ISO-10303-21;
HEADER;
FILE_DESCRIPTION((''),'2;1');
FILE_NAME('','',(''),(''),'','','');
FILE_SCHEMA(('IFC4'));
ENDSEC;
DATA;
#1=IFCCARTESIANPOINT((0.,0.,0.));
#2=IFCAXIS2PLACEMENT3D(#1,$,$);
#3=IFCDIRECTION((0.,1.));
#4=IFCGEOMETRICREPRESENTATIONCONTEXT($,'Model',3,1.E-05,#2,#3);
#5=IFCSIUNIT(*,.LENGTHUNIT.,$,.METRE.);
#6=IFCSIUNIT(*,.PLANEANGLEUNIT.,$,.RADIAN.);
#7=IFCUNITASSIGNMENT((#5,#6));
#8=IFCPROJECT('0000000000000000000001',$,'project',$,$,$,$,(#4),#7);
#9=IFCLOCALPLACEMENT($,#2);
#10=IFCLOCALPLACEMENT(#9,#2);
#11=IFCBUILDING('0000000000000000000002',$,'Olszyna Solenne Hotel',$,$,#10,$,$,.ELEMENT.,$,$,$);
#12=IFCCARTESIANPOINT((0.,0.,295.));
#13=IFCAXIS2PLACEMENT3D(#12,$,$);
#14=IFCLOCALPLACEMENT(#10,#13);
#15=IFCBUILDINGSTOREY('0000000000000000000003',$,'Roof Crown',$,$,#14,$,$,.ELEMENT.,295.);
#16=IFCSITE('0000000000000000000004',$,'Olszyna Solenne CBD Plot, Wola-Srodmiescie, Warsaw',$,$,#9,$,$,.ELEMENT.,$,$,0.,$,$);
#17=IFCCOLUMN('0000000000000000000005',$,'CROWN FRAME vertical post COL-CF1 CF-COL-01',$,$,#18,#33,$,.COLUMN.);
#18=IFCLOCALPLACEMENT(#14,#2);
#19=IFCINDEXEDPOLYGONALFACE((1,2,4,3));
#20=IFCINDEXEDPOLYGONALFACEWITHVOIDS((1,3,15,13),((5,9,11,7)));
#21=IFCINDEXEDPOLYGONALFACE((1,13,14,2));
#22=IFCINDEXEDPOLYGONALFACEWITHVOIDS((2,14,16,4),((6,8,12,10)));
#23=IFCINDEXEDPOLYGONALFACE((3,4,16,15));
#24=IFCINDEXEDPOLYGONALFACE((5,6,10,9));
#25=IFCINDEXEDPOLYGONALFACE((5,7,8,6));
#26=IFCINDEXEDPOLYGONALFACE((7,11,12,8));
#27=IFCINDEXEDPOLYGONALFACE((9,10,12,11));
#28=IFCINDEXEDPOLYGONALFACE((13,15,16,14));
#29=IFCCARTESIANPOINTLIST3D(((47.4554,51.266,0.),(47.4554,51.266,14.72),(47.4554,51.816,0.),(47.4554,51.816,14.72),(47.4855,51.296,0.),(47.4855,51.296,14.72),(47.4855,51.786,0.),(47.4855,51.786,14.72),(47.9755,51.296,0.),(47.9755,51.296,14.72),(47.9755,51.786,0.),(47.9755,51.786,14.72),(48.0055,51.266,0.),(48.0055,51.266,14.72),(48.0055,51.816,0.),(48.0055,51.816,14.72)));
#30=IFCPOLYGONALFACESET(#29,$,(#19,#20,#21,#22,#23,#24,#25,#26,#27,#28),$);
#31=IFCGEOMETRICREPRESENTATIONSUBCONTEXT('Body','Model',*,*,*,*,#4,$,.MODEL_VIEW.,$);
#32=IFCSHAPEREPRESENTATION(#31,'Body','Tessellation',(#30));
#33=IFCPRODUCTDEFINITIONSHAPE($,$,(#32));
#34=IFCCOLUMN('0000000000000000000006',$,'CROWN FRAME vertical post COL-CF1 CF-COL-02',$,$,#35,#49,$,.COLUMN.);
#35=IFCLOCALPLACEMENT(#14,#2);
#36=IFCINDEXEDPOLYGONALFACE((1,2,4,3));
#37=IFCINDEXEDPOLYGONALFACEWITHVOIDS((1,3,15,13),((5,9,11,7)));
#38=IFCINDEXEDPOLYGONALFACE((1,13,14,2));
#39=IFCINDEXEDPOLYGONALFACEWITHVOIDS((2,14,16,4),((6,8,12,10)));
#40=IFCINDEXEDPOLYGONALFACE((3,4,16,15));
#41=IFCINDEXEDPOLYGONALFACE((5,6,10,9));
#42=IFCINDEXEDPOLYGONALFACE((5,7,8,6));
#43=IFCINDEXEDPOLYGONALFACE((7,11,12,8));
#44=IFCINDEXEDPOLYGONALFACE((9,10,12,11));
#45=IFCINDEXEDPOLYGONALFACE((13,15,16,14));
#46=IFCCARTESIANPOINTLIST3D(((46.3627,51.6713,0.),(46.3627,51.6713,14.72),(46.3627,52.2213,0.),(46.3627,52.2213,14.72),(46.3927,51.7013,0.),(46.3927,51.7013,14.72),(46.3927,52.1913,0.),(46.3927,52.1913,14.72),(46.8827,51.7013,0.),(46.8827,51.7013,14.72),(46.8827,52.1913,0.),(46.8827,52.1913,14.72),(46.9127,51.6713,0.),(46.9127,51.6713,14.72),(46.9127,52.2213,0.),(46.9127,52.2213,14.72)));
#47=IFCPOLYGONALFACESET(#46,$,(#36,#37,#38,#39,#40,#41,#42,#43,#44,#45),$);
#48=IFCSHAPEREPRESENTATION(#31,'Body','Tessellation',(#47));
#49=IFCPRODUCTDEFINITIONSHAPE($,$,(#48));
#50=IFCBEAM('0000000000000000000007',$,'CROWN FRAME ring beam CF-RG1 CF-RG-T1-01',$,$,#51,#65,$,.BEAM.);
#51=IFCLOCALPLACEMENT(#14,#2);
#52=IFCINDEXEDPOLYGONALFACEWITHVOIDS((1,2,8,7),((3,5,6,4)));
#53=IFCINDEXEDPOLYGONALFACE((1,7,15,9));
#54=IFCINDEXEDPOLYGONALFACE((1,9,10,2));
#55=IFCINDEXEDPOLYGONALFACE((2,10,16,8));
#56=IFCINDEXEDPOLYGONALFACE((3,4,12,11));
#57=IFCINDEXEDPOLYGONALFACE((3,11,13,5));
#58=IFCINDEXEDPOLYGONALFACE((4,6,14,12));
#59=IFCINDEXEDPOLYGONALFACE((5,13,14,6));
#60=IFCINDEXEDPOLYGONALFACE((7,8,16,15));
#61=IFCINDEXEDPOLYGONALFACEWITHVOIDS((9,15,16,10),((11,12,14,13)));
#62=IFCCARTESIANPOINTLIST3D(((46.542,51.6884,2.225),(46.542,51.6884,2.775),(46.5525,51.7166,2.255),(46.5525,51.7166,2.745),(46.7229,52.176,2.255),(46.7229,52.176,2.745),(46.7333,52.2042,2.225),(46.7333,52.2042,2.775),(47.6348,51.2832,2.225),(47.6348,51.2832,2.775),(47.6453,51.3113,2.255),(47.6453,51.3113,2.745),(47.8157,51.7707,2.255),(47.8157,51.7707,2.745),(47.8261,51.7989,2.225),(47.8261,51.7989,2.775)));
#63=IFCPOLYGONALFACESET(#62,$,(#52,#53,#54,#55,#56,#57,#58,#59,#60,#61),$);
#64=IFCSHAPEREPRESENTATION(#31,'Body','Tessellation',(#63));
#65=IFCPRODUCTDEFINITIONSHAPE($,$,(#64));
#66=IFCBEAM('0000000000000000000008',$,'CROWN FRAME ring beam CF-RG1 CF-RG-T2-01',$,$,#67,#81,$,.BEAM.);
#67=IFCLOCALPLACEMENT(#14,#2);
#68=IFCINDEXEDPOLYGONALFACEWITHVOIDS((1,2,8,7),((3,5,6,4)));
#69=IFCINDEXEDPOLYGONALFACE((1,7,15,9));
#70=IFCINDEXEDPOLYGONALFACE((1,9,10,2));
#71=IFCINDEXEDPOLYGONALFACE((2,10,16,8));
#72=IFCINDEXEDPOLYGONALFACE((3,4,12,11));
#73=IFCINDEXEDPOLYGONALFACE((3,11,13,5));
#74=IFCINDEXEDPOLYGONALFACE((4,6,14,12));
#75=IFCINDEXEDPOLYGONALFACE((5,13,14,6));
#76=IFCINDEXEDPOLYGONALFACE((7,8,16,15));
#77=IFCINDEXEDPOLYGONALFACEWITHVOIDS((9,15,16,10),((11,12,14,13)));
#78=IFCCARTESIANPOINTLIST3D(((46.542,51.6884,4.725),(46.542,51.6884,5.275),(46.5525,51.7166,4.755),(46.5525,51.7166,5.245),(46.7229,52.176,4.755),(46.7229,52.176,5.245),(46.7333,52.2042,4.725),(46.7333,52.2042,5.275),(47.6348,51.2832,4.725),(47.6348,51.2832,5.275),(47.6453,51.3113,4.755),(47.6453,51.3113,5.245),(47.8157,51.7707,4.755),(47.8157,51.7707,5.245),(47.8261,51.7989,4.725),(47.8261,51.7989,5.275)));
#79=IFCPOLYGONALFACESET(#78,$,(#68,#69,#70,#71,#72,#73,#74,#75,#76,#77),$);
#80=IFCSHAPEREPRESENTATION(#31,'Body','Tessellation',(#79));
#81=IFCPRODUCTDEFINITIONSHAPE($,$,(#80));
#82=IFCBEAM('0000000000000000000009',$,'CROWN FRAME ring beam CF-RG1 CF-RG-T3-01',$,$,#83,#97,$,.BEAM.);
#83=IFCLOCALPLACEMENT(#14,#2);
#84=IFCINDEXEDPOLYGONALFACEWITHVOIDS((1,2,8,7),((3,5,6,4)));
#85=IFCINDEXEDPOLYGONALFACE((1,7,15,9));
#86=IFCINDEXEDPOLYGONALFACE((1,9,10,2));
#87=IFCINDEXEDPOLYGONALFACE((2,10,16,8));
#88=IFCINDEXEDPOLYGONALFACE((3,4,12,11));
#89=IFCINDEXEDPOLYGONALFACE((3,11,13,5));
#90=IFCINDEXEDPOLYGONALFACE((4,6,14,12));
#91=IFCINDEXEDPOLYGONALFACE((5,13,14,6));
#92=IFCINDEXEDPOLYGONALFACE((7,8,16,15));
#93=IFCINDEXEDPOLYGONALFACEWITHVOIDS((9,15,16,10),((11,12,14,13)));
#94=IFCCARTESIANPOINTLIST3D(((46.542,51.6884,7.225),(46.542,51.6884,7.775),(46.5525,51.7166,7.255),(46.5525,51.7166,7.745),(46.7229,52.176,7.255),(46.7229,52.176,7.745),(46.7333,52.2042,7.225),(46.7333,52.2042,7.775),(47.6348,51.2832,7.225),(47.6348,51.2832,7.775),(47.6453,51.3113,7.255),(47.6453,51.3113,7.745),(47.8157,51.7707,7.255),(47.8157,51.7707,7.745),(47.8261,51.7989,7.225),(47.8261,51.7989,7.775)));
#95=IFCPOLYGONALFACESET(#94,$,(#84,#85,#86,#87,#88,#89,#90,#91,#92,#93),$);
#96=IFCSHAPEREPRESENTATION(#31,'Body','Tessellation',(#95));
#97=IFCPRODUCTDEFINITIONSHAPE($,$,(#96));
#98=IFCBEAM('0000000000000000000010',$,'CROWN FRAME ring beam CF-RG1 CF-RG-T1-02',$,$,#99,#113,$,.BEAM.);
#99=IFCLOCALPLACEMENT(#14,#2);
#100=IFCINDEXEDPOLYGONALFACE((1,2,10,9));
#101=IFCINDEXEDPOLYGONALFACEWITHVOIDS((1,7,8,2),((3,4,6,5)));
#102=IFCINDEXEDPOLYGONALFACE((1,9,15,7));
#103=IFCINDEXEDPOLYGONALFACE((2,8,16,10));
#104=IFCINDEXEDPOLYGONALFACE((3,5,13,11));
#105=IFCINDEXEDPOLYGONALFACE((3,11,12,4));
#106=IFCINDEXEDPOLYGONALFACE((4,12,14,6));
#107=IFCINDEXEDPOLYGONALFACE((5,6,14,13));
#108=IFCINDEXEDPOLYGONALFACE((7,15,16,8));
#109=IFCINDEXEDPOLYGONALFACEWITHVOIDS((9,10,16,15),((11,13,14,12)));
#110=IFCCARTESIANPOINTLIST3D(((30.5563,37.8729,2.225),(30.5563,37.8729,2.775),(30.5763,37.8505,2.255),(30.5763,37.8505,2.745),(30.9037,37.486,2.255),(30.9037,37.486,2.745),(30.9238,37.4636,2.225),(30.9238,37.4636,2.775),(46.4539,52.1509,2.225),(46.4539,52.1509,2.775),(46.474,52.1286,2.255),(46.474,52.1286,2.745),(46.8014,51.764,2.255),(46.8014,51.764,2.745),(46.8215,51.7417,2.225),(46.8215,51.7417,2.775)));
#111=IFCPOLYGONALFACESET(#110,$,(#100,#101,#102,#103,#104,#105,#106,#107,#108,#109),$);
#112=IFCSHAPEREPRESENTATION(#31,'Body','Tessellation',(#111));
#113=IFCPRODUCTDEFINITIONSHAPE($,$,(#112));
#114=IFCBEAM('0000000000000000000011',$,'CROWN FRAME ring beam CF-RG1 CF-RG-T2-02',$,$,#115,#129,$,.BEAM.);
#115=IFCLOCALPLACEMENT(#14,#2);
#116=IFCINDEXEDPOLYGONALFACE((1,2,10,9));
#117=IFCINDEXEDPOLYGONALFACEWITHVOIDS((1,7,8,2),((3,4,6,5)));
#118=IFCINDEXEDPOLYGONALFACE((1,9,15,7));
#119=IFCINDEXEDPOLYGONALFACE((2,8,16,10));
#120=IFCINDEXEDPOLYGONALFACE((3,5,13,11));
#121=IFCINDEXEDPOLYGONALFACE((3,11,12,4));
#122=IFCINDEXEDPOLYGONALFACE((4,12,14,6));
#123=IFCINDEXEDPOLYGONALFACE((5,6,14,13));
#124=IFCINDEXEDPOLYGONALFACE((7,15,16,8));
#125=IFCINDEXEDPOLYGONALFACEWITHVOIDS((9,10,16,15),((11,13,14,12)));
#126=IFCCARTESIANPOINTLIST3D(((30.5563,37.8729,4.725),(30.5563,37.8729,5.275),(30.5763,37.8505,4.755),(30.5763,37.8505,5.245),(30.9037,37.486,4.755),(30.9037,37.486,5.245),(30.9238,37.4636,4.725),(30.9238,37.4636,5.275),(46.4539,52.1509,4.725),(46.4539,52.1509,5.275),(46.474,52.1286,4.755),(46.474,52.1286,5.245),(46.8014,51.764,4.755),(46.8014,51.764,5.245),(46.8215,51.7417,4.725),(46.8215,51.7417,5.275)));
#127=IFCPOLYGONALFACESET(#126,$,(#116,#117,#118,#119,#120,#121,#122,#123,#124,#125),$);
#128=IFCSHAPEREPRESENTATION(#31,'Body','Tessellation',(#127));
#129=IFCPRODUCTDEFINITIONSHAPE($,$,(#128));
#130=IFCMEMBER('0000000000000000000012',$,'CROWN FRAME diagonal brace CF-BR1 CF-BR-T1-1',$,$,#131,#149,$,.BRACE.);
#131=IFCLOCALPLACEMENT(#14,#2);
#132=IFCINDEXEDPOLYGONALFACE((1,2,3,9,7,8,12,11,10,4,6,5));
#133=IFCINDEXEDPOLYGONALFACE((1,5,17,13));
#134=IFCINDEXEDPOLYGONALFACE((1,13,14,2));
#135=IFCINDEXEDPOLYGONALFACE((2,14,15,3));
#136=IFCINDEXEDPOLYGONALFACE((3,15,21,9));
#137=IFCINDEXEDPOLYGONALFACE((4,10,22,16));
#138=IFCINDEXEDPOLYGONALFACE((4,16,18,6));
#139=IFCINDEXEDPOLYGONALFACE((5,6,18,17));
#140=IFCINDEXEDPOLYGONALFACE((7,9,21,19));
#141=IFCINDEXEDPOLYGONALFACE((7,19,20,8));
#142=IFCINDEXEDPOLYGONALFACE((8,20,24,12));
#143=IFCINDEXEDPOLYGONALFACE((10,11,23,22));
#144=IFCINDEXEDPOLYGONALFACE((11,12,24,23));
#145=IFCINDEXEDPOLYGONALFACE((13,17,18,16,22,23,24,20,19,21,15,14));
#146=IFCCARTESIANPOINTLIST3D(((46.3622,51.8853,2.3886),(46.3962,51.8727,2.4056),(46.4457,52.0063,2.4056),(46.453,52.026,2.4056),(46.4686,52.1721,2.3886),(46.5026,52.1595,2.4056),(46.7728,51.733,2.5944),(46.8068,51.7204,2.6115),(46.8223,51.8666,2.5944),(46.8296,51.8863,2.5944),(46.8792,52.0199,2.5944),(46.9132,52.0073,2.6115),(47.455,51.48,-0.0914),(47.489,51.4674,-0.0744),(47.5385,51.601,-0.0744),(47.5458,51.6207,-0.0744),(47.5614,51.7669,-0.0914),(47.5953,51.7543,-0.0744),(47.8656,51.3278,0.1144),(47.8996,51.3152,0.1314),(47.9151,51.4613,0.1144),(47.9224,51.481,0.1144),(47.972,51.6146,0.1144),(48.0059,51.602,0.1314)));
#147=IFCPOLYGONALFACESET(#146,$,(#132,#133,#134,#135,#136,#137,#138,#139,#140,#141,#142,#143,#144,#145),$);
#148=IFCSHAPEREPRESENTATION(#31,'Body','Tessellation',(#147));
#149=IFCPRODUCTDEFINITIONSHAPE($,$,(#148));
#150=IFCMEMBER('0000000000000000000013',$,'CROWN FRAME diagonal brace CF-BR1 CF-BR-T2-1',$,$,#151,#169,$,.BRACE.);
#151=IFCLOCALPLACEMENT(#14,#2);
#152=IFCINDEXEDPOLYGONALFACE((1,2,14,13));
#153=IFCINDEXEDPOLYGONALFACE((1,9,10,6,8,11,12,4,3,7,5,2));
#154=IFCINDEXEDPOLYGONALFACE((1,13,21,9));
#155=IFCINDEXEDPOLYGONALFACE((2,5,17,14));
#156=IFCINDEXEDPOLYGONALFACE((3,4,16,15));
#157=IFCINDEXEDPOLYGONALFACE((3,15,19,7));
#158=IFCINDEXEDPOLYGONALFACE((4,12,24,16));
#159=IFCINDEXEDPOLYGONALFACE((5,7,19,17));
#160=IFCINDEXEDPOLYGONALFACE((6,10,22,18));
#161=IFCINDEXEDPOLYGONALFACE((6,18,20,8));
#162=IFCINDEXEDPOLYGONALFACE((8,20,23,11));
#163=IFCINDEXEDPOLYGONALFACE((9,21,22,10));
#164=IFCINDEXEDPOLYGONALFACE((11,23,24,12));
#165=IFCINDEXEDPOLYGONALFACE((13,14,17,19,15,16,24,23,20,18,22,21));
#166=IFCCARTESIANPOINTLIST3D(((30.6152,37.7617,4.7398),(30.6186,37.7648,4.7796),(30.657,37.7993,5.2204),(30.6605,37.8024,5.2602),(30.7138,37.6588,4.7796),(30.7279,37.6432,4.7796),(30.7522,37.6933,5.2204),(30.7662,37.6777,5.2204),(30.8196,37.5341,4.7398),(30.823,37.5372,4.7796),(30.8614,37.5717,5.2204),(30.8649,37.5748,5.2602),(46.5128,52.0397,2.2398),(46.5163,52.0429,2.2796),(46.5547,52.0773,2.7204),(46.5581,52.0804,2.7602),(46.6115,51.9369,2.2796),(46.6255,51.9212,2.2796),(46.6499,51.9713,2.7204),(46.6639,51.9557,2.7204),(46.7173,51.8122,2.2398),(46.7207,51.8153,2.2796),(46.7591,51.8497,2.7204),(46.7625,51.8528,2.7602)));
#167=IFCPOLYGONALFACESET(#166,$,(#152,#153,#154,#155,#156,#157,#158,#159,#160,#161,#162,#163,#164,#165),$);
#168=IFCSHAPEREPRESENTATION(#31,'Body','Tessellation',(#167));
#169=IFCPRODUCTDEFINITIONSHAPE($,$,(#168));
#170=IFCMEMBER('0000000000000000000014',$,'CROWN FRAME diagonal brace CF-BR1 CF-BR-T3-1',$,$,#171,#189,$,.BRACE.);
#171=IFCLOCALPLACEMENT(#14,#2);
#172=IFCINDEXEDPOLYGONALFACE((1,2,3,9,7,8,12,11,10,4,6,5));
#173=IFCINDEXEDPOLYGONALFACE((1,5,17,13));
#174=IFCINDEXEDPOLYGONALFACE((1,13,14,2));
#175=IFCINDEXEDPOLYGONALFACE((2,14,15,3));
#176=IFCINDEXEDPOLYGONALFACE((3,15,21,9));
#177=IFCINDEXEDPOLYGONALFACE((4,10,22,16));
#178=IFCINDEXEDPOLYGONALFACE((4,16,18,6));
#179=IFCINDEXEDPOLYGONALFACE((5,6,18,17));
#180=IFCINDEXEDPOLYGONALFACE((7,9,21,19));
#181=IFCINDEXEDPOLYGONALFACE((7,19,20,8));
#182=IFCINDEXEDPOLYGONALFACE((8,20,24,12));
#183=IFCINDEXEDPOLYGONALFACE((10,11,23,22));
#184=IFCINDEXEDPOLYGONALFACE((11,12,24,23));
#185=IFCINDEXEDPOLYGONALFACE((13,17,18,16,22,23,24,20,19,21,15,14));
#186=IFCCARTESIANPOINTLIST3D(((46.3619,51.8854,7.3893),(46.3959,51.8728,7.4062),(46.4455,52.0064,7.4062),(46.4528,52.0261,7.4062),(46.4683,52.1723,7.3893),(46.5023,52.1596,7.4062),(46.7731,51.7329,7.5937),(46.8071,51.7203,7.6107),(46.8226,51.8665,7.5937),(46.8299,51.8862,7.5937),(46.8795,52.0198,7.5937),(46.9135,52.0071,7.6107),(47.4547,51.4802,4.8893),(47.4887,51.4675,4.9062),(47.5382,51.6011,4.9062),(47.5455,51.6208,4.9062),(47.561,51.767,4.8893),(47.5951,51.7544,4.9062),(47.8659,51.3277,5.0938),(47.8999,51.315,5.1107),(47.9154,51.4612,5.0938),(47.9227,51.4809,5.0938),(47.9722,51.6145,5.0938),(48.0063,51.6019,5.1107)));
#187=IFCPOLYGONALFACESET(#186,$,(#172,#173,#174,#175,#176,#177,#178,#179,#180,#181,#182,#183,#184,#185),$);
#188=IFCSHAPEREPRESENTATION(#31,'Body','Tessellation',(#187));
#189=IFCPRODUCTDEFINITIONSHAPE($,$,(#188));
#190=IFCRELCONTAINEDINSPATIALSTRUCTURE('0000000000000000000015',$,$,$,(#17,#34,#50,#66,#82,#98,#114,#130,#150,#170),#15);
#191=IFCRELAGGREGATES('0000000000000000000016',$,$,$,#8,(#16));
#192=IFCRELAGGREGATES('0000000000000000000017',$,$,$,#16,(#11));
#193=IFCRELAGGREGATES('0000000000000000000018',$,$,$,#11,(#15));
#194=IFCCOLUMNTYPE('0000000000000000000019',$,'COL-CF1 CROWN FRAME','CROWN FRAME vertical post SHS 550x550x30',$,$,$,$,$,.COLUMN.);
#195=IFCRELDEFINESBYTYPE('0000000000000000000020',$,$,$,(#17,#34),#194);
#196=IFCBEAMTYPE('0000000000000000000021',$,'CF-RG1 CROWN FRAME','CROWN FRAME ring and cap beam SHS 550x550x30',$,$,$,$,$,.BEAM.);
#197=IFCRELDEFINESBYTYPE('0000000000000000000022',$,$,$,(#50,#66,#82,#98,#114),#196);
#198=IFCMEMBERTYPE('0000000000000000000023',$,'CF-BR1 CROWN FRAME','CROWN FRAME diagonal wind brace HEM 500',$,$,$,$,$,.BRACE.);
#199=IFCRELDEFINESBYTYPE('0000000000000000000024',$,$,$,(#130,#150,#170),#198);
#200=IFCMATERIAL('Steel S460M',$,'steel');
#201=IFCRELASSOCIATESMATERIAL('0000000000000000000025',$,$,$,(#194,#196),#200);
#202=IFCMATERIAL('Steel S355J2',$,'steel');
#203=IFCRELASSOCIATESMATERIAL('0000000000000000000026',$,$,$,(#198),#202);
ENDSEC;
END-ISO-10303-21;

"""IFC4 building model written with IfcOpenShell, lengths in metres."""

from ifc_helpers import new_model, si_unit, direction, frame, origin, origin_2d, place, context, subcontext, project, spatial, hollow_rectangle, i_section, extrude, source, transform, mapped, material, material_profile, profile_set, type_object, element, save


model = new_model("IFC4")

# Units and contexts
model_context = context("Model", 3, precision=1e-05, world=origin(), true_north=direction((0.0, 1.0)))
body_context = subcontext(model_context, "Body", "Model", "MODEL_VIEW")
ifc_project = project(units=[si_unit("LENGTHUNIT", "METRE"), si_unit("PLANEANGLEUNIT", "RADIAN")], contexts=[model_context])

# Site, building, storey
site_placement = place(None, origin())
site = spatial("IfcSite", under=ifc_project, at=site_placement, Name="Olszyna Solenne CBD Plot, Wola-Srodmiescie, Warsaw", CompositionType="ELEMENT", RefElevation=0.0)
building_placement = place(site_placement, origin())
building = spatial("IfcBuilding", under=site, at=building_placement, Name="Olszyna Solenne Hotel", CompositionType="ELEMENT")
storey_placement = place(building_placement, frame((0.0, 0.0, 295.0)))
storey = spatial("IfcBuildingStorey", under=building, at=storey_placement, Name="Roof Crown", CompositionType="ELEMENT", Elevation=295.0)

# Columns
ifc_material_1 = material(Name="Steel S460M", Category="steel")
ifc_material_profile_1 = material_profile(ifc_material_1, hollow_rectangle(XDim=0.55, YDim=0.55, WallThickness=0.03, at=origin_2d()), Name="SHS 550x550x30", Category="load-bearing")
ifc_profile_set_1 = profile_set([ifc_material_profile_1], Name="Steel S460M")
column_type = type_object("IfcColumnType", Name="COL-CF1 CROWN FRAME", Description="CROWN FRAME vertical post SHS 550x550x30", PredefinedType="COLUMN", material=ifc_profile_set_1)
shared_shape_1 = source(origin(), body_context, "Body", "SweptSolid", [
    extrude(hollow_rectangle(XDim=0.55, YDim=0.55, WallThickness=0.03, at=origin_2d()), origin(), (0.0, 0.0, 1.0), 14.72),
])
for number, where, z_axis, x_axis, name in (
    (1, (47.7305, 51.541, 0.0), (0.0, 0.0, 1.0), (1.0, 0.0, 0.0), "CROWN FRAME vertical post COL-CF1 CF-COL-01"),
    (2, (46.6377, 51.9463, 0.0), (0.0, 0.0, 1.0), (1.0, 0.0, 0.0), "CROWN FRAME vertical post COL-CF1 CF-COL-02"),
):
    element("IfcColumn", number, at=place(storey_placement, frame(where, z_axis=z_axis, x_axis=x_axis)), inside=storey, type_object=column_type, Name=name, PredefinedType="COLUMN", context=body_context, shape_type="MappedRepresentation", body=[
        mapped(shared_shape_1, transform((0.0, 0.0, 0.0), x_axis=(1.0, 0.0, 0.0), y_axis=(0.0, 1.0, 0.0), z_axis=(0.0, 0.0, 1.0), scale=1.0)),
    ])

# Beams
ifc_material_profile_2 = material_profile(ifc_material_1, hollow_rectangle(XDim=0.55, YDim=0.55, WallThickness=0.03, at=origin_2d()), Name="SHS 550x550x30", Category="load-bearing")
ifc_profile_set_2 = profile_set([ifc_material_profile_2], Name="Steel S460M")
beam_type = type_object("IfcBeamType", Name="CF-RG1 CROWN FRAME", Description="CROWN FRAME ring and cap beam SHS 550x550x30", PredefinedType="BEAM", material=ifc_profile_set_2)
shared_shape_2 = source(origin(), body_context, "Body", "SweptSolid", [
    extrude(hollow_rectangle(XDim=0.55, YDim=0.55, WallThickness=0.03, at=origin_2d()), origin(), (0.0, 0.0, 1.0), 1.1655),
])
for number, where, z_axis, x_axis, name in (
    (3, (47.7305, 51.541, 2.5), (-0.937597, 0.347724, 0.0), (-0.347724, -0.937597, 0.0), "CROWN FRAME ring beam CF-RG1 CF-RG-T1-01"),
    (4, (47.7305, 51.541, 5.0), (-0.937597, 0.347724, 0.0), (-0.347724, -0.937597, 0.0), "CROWN FRAME ring beam CF-RG1 CF-RG-T2-01"),
    (5, (47.7305, 51.541, 7.5), (-0.937597, 0.347724, 0.0), (-0.347724, -0.937597, 0.0), "CROWN FRAME ring beam CF-RG1 CF-RG-T3-01"),
):
    element("IfcBeam", number, at=place(storey_placement, frame(where, z_axis=z_axis, x_axis=x_axis)), inside=storey, type_object=beam_type, Name=name, PredefinedType="BEAM", context=body_context, shape_type="MappedRepresentation", body=[
        mapped(shared_shape_2, transform((0.0, 0.0, 0.0), x_axis=(1.0, 0.0, 0.0), y_axis=(0.0, 1.0, 0.0), z_axis=(0.0, 0.0, 1.0), scale=1.0)),
    ])
shared_shape_3 = source(origin(), body_context, "Body", "SweptSolid", [
    extrude(hollow_rectangle(XDim=0.55, YDim=0.55, WallThickness=0.03, at=origin_2d()), origin(), (0.0, 0.0, 1.0), 21.3682),
])
for number, where, z_axis, x_axis, name in (
    (6, (46.6377, 51.9463, 2.5), (-0.743989, -0.668192, 0.0), (0.668192, -0.743989, 0.0), "CROWN FRAME ring beam CF-RG1 CF-RG-T1-02"),
    (7, (46.6377, 51.9463, 5.0), (-0.743989, -0.668192, 0.0), (0.668192, -0.743989, 0.0), "CROWN FRAME ring beam CF-RG1 CF-RG-T2-02"),
):
    element("IfcBeam", number, at=place(storey_placement, frame(where, z_axis=z_axis, x_axis=x_axis)), inside=storey, type_object=beam_type, Name=name, PredefinedType="BEAM", context=body_context, shape_type="MappedRepresentation", body=[
        mapped(shared_shape_3, transform((0.0, 0.0, 0.0), x_axis=(1.0, 0.0, 0.0), y_axis=(0.0, 1.0, 0.0), z_axis=(0.0, 0.0, 1.0), scale=1.0)),
    ])

# Members
ifc_material_2 = material(Name="Steel S355J2", Category="steel")
ifc_material_profile_3 = material_profile(ifc_material_2, i_section(OverallWidth=0.3059, OverallDepth=0.5239, WebThickness=0.021, FlangeThickness=0.04, at=origin_2d()), Name="HEM 500", Category="load-bearing")
ifc_profile_set_3 = profile_set([ifc_material_profile_3], Name="Steel S355J2")
member_type = type_object("IfcMemberType", Name="CF-BR1 CROWN FRAME", Description="CROWN FRAME diagonal wind brace HEM 500", PredefinedType="BRACE", material=ifc_profile_set_3)
shared_shape_4 = source(origin(), body_context, "Body", "SweptSolid", [
    extrude(i_section(OverallWidth=0.3059, OverallDepth=0.5239, WebThickness=0.021, FlangeThickness=0.04, at=origin_2d()), origin(), (0.0, 0.0, 1.0), 2.7402),
])
member_1_placement = place(storey_placement, frame((47.7305, 51.541, 0.02), z_axis=(-0.398793, 0.147899, 0.905036), x_axis=(-0.347724, -0.937597, 0.0)))
element("IfcMember", 8, at=member_1_placement, inside=storey, type_object=member_type, Name="CROWN FRAME diagonal brace CF-BR1 CF-BR-T1-1", PredefinedType="BRACE", context=body_context, shape_type="MappedRepresentation", body=[
    mapped(shared_shape_4, transform((0.0, 0.0, 0.0), x_axis=(1.0, 0.0, 0.0), y_axis=(0.0, 1.0, 0.0), z_axis=(0.0, 0.0, 1.0), scale=1.0)),
])
shared_shape_5 = source(origin(), body_context, "Body", "SweptSolid", [
    extrude(i_section(OverallWidth=0.3059, OverallDepth=0.5239, WebThickness=0.021, FlangeThickness=0.04, at=origin_2d()), origin(), (0.0, 0.0, 1.0), 21.5139),
])
member_2_placement = place(storey_placement, frame((46.6377, 51.9463, 2.5), z_axis=(-0.738948, -0.663666, 0.116204), x_axis=(0.668192, -0.743989, 0.0)))
element("IfcMember", 9, at=member_2_placement, inside=storey, type_object=member_type, Name="CROWN FRAME diagonal brace CF-BR1 CF-BR-T2-1", PredefinedType="BRACE", context=body_context, shape_type="MappedRepresentation", body=[
    mapped(shared_shape_5, transform((0.0, 0.0, 0.0), x_axis=(1.0, 0.0, 0.0), y_axis=(0.0, 1.0, 0.0), z_axis=(0.0, 0.0, 1.0), scale=1.0)),
])
shared_shape_6 = source(origin(), body_context, "Body", "SweptSolid", [
    extrude(i_section(OverallWidth=0.3059, OverallDepth=0.5239, WebThickness=0.021, FlangeThickness=0.04, at=origin_2d()), origin(), (0.0, 0.0, 1.0), 2.7583),
])
member_3_placement = place(storey_placement, frame((47.7305, 51.541, 5.0), z_axis=(-0.396172, 0.146927, 0.906345), x_axis=(-0.347724, -0.937597, 0.0)))
element("IfcMember", 10, at=member_3_placement, inside=storey, type_object=member_type, Name="CROWN FRAME diagonal brace CF-BR1 CF-BR-T3-1", PredefinedType="BRACE", context=body_context, shape_type="MappedRepresentation", body=[
    mapped(shared_shape_6, transform((0.0, 0.0, 0.0), x_axis=(1.0, 0.0, 0.0), y_axis=(0.0, 1.0, 0.0), z_axis=(0.0, 0.0, 1.0), scale=1.0)),
])

save(model, "model.ifc")
